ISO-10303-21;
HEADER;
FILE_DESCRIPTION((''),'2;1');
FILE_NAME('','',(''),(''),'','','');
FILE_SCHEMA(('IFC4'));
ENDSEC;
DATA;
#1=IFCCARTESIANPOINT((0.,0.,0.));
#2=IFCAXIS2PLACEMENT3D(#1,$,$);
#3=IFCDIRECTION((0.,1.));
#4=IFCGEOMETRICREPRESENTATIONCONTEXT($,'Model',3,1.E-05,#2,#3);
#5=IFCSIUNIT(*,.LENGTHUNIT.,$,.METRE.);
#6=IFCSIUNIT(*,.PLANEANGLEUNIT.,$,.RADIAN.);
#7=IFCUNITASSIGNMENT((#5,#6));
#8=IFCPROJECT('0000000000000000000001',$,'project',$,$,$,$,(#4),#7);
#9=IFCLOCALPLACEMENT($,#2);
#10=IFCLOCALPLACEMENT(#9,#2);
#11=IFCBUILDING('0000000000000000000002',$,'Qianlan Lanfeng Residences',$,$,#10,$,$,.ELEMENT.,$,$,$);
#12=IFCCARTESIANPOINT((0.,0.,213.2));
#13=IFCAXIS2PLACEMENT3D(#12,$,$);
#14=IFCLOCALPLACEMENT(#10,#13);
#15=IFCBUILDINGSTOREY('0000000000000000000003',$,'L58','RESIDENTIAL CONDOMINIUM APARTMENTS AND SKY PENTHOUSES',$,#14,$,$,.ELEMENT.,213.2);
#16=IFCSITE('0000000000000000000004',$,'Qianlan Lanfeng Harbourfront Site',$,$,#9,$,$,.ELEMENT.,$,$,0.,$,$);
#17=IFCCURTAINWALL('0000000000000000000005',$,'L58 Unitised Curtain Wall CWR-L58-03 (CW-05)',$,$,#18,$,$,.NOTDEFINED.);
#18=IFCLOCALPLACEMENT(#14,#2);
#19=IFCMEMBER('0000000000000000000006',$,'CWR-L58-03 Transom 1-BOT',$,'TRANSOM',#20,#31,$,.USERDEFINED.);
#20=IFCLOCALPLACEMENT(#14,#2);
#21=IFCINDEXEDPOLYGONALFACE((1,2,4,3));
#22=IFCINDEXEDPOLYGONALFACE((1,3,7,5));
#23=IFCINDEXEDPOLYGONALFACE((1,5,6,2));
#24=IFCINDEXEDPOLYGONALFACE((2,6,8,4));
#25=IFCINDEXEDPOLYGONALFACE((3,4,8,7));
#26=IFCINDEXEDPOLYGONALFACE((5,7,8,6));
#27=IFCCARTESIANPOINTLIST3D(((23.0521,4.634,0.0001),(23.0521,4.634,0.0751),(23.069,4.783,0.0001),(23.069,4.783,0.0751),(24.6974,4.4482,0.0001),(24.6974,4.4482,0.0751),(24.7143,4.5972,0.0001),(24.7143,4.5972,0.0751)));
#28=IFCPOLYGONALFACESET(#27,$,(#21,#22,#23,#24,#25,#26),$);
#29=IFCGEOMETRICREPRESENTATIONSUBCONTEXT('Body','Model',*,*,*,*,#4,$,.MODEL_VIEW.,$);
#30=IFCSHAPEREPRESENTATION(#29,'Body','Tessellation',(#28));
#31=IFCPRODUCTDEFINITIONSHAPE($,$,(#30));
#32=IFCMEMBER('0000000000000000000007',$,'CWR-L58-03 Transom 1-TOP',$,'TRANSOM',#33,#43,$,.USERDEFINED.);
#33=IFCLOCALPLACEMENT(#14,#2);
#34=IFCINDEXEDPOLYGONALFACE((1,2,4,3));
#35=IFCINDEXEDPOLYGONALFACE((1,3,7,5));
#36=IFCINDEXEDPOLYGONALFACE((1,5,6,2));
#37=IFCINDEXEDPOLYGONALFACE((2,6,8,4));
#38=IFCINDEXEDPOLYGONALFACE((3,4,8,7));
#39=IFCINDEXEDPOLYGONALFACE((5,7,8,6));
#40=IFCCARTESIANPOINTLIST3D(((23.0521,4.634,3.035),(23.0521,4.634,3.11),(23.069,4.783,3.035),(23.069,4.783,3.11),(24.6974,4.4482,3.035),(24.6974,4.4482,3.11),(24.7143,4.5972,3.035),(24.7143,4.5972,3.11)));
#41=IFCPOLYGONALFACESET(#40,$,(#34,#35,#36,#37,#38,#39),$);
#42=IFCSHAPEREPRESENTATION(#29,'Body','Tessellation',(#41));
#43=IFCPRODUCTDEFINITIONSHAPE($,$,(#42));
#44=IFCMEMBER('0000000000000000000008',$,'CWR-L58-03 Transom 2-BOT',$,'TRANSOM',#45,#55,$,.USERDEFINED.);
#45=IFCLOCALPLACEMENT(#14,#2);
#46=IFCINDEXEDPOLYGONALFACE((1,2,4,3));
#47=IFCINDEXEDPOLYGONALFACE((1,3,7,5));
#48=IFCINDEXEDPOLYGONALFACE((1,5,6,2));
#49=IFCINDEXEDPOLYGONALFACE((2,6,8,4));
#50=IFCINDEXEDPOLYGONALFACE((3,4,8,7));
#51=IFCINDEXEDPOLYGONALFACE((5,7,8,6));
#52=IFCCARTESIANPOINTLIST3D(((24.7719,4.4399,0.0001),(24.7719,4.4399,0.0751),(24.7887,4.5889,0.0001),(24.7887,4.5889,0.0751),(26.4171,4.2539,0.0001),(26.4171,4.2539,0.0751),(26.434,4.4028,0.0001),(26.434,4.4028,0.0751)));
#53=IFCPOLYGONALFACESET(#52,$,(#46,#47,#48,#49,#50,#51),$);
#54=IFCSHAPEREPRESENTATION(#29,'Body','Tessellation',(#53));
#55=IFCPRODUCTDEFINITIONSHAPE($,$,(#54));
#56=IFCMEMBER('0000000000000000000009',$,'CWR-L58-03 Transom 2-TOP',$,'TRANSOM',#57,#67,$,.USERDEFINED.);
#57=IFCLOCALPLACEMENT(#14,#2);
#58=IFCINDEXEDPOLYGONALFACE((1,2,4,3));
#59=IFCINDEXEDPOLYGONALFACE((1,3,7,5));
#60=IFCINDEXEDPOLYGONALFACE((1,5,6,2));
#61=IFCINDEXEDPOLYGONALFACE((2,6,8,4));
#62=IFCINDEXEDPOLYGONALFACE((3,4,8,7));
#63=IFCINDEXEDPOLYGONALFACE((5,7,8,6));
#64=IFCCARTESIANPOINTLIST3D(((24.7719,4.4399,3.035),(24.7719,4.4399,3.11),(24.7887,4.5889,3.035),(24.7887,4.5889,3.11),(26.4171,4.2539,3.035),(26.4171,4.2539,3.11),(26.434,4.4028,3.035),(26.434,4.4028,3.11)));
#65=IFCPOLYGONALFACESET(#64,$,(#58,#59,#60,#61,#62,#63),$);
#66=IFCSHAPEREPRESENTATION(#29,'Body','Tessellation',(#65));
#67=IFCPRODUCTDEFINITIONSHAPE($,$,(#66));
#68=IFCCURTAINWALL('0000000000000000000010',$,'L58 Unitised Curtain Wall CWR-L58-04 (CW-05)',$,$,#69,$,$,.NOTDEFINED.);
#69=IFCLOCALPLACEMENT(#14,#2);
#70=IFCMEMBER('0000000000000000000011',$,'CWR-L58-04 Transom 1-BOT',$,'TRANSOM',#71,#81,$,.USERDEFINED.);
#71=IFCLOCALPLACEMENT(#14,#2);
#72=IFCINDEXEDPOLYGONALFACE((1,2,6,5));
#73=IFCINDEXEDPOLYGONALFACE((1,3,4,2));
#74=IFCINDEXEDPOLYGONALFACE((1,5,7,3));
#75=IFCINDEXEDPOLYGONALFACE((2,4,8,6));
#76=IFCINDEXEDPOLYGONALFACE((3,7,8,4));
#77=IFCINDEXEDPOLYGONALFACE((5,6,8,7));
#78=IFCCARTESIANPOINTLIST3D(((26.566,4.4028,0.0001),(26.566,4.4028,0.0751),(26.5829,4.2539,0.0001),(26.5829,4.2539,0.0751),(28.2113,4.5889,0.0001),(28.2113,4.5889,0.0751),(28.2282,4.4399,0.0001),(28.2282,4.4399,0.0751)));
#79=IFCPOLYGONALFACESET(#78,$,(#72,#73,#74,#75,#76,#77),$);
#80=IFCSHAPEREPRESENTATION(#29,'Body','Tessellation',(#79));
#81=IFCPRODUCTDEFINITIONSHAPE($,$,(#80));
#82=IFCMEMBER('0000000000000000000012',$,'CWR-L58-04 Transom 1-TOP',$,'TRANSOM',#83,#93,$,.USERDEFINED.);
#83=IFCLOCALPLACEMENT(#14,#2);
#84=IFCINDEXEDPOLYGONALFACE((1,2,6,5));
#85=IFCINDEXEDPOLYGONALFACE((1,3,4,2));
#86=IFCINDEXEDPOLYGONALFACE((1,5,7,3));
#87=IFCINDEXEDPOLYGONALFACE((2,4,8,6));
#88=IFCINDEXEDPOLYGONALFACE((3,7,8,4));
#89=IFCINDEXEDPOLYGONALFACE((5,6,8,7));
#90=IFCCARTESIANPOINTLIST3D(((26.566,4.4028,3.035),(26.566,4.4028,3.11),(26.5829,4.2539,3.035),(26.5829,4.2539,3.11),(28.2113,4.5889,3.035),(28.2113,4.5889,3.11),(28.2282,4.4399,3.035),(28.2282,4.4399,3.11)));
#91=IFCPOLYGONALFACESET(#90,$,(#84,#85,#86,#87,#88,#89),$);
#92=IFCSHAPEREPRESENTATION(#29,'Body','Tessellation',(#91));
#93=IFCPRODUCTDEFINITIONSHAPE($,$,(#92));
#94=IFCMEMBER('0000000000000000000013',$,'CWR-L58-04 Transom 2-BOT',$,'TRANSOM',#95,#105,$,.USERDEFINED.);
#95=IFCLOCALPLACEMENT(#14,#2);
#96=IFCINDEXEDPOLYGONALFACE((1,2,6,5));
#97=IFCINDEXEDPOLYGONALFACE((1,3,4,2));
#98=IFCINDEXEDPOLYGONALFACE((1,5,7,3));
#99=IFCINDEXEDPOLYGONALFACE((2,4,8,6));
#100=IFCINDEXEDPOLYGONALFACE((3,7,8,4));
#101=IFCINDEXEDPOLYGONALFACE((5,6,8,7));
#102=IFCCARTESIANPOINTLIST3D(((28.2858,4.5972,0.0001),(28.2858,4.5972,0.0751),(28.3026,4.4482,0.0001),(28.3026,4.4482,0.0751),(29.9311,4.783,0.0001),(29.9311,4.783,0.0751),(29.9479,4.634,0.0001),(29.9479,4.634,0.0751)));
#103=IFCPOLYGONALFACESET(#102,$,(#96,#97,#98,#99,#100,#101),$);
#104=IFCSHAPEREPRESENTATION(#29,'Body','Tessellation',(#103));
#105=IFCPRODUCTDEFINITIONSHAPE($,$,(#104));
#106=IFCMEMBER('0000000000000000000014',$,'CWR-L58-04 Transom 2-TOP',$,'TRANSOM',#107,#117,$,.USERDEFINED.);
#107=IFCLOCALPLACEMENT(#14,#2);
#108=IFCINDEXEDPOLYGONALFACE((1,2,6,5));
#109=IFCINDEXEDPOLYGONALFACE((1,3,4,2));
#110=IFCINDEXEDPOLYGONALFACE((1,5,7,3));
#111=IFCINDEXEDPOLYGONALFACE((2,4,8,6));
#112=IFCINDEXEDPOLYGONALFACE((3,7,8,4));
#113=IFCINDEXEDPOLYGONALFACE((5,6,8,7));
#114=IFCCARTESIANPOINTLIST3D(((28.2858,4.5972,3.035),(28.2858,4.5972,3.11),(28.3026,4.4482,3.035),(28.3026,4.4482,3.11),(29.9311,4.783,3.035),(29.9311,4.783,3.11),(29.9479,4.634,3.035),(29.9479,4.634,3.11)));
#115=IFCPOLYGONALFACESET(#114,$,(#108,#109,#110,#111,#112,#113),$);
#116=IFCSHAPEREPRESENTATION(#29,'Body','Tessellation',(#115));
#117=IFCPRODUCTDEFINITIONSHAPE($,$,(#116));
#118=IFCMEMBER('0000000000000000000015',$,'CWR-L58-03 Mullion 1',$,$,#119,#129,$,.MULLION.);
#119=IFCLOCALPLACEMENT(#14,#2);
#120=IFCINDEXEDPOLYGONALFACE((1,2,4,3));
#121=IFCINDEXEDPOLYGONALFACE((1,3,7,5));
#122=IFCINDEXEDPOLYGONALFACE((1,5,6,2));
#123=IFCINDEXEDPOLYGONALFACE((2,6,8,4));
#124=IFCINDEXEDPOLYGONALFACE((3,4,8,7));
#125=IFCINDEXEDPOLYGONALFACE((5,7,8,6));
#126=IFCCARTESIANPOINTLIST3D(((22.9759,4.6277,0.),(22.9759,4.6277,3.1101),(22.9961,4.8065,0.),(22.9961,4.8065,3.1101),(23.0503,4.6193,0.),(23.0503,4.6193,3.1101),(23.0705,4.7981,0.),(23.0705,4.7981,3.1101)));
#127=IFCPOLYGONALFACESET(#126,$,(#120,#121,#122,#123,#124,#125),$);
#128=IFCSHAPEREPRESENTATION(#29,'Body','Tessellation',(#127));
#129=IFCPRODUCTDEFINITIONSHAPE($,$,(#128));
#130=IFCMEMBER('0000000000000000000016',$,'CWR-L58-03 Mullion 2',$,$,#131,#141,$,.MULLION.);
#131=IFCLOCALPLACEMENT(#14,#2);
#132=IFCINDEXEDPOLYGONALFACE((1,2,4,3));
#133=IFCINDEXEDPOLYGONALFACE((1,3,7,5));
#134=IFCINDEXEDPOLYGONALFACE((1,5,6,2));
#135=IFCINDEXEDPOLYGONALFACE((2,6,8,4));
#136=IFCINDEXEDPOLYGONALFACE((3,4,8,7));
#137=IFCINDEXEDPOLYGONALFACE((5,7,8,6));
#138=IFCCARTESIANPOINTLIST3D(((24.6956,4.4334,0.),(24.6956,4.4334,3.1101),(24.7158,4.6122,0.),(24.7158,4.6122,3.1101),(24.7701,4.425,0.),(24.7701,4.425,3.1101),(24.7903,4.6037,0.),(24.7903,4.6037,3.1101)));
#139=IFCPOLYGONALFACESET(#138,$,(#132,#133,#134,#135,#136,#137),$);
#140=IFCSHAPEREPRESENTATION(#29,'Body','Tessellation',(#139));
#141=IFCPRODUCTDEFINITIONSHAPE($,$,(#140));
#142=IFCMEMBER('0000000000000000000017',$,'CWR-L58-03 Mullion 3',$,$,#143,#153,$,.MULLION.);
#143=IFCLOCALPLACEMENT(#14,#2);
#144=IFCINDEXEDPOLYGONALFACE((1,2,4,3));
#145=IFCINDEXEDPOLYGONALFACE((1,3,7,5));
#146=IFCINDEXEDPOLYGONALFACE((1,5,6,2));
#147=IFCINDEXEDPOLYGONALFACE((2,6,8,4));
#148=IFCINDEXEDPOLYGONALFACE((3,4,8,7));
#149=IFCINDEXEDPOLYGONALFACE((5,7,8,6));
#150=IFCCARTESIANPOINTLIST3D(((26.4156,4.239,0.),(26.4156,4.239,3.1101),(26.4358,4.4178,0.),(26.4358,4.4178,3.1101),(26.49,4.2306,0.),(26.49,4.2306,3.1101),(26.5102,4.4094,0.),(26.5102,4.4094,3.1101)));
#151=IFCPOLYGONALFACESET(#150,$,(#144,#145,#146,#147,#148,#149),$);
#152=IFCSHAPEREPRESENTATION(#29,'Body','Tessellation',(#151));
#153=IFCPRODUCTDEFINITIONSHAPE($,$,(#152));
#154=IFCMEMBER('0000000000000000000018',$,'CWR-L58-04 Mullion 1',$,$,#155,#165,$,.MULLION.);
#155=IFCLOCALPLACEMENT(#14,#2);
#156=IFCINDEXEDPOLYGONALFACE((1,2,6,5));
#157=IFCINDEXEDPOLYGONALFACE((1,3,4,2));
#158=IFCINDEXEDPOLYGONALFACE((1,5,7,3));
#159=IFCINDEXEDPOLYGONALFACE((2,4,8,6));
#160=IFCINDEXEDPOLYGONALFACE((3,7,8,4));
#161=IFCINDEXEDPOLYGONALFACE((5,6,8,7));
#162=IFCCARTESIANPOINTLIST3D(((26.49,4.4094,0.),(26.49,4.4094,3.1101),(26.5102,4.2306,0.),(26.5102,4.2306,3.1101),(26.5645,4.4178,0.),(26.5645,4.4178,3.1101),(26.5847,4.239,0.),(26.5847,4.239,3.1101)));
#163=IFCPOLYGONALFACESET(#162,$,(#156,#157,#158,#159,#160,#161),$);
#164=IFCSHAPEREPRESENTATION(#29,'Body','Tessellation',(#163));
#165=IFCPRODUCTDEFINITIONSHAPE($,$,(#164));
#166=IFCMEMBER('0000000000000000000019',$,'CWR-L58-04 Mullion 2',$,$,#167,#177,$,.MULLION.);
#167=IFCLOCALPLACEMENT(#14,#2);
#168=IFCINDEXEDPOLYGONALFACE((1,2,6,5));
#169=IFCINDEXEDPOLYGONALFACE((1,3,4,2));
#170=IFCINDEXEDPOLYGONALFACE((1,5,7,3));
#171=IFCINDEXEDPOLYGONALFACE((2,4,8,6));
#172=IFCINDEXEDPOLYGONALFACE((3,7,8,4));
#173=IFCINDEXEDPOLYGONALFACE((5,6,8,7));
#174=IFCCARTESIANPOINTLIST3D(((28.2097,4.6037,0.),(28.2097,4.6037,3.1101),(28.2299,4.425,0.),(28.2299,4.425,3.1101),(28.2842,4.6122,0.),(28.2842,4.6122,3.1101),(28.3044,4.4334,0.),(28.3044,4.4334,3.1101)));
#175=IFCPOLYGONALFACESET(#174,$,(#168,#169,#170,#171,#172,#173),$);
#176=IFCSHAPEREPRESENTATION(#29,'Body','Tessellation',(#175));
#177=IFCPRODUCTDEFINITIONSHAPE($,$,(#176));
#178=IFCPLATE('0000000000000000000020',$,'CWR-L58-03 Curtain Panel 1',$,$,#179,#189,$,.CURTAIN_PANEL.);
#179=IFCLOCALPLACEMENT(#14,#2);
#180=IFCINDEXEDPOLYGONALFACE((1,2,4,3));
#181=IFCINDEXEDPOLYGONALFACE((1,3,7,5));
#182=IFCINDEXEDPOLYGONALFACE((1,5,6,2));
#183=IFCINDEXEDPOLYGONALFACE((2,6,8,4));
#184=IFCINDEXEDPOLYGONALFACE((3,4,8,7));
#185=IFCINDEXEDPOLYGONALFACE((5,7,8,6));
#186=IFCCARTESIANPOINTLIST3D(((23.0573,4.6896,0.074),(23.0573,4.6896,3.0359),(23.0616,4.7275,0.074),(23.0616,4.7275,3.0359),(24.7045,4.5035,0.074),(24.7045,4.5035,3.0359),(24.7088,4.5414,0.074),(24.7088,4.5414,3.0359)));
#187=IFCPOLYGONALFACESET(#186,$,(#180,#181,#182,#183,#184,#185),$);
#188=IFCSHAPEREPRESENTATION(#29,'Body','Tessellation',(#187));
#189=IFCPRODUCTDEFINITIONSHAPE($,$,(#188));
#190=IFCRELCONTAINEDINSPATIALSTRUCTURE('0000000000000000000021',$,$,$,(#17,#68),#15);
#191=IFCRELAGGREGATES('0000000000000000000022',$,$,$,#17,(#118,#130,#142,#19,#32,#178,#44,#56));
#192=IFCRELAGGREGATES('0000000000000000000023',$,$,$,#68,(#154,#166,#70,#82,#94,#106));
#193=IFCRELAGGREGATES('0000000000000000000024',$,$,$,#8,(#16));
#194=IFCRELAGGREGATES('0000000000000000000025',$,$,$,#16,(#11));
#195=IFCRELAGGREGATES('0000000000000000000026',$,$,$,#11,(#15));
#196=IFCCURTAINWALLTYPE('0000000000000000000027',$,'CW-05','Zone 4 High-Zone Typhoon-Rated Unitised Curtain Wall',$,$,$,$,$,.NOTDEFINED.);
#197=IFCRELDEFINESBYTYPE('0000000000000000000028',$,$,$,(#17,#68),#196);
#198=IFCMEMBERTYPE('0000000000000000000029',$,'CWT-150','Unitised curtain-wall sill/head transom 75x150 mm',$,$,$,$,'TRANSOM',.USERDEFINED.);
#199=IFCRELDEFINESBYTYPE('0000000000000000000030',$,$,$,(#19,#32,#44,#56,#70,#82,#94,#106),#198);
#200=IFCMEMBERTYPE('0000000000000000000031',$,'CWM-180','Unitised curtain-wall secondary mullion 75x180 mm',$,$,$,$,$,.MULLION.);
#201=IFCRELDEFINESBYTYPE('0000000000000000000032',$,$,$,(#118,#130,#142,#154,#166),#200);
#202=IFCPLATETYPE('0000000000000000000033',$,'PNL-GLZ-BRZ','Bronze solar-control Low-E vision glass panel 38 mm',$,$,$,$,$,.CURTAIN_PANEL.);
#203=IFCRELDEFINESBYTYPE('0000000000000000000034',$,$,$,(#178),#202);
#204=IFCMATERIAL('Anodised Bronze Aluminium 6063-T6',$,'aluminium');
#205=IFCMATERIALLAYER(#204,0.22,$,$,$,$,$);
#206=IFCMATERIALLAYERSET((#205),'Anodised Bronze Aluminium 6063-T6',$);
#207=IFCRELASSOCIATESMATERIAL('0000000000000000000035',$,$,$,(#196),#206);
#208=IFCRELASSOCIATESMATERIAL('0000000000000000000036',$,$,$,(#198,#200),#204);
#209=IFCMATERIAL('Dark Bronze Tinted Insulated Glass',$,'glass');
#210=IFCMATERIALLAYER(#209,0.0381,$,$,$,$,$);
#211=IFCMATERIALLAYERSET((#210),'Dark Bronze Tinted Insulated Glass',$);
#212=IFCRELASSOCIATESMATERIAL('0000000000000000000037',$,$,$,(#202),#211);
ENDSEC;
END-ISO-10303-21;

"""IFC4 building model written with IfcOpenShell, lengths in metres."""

from ifc_helpers import new_model, si_unit, direction, frame, origin, origin_2d, place, context, subcontext, project, spatial, rectangle, extrude, source, transform, mapped, material, layer, layer_set, material_profile, profile_set, type_object, element, aggregate, save


model = new_model("IFC4")

# Units and contexts
model_context = context("Model", 3, precision=1e-05, world=origin(), true_north=direction((0.0, 1.0)))
body_context = subcontext(model_context, "Body", "Model", "MODEL_VIEW")
ifc_project = project(units=[si_unit("LENGTHUNIT", "METRE"), si_unit("PLANEANGLEUNIT", "RADIAN")], contexts=[model_context])

# Site, building, storey
site_placement = place(None, origin())
site = spatial("IfcSite", under=ifc_project, at=site_placement, Name="Qianlan Lanfeng Harbourfront Site", CompositionType="ELEMENT", RefElevation=0.0)
building_placement = place(site_placement, origin())
building = spatial("IfcBuilding", under=site, at=building_placement, Name="Qianlan Lanfeng Residences", CompositionType="ELEMENT")
storey_placement = place(building_placement, frame((0.0, 0.0, 213.2)))
storey = spatial("IfcBuildingStorey", under=building, at=storey_placement, Name="L58", Description="RESIDENTIAL CONDOMINIUM APARTMENTS AND SKY PENTHOUSES", CompositionType="ELEMENT", Elevation=213.2)

# Curtain walls, members
ifc_material_1 = material(Name="Anodised Bronze Aluminium 6063-T6", Category="aluminium")
ifc_layer_1 = layer(ifc_material_1, 0.22)
ifc_layer_set_1 = layer_set([ifc_layer_1], Name="Anodised Bronze Aluminium 6063-T6")
curtain_wall_type = type_object("IfcCurtainWallType", Name="CW-05", Description="Zone 4 High-Zone Typhoon-Rated Unitised Curtain Wall", PredefinedType="NOTDEFINED", material=ifc_layer_set_1)
curtain_wall_1_placement = place(storey_placement, origin())
curtain_wall_1 = element("IfcCurtainWall", 1, at=curtain_wall_1_placement, inside=storey, type_object=curtain_wall_type, Name="L58 Unitised Curtain Wall CWR-L58-03 (CW-05)", PredefinedType="NOTDEFINED")
ifc_material_profile_1 = material_profile(ifc_material_1, rectangle(XDim=0.075, YDim=0.1499, at=origin_2d()), Name="ALU TRANSOM 75x150")
ifc_profile_set_1 = profile_set([ifc_material_profile_1], Name="Anodised Bronze Aluminium 6063-T6")
member_type_1 = type_object("IfcMemberType", Name="CWT-150", Description="Unitised curtain-wall sill/head transom 75x150 mm", ElementType="TRANSOM", PredefinedType="USERDEFINED", material=ifc_profile_set_1)
shared_shape_1 = source(origin(), body_context, "Body", "SweptSolid", [
    extrude(rectangle(XDim=0.075, YDim=0.1499, at=origin_2d()), origin(), (0.0, 0.0, 1.0), 1.6558),
])
member_1_placement = place(storey_placement, frame((23.0605, 4.7085, 0.0376), z_axis=(0.993684, -0.112212, 0.0), x_axis=(0.0, 0.0, 1.0)))
member_1 = element("IfcMember", 2, at=member_1_placement, type_object=member_type_1, Name="CWR-L58-03 Transom 1-BOT", ObjectType="TRANSOM", PredefinedType="USERDEFINED", context=body_context, shape_type="MappedRepresentation", body=[
    mapped(shared_shape_1, transform((0.0, 0.0, 0.0), scale=1.0)),
])
member_2_placement = place(storey_placement, frame((23.0605, 4.7085, 3.0725), z_axis=(0.993684, -0.112212, 0.0), x_axis=(0.0, 0.0, 1.0)))
member_2 = element("IfcMember", 3, at=member_2_placement, type_object=member_type_1, Name="CWR-L58-03 Transom 1-TOP", ObjectType="TRANSOM", PredefinedType="USERDEFINED", context=body_context, shape_type="MappedRepresentation", body=[
    mapped(shared_shape_1, transform((0.0, 0.0, 0.0), scale=1.0)),
])
member_3_placement = place(storey_placement, frame((24.7803, 4.5144, 0.0376), z_axis=(0.993668, -0.112357, 0.0), x_axis=(0.0, 0.0, 1.0)))
member_3 = element("IfcMember", 4, at=member_3_placement, type_object=member_type_1, Name="CWR-L58-03 Transom 2-BOT", ObjectType="TRANSOM", PredefinedType="USERDEFINED", context=body_context, shape_type="MappedRepresentation", body=[
    mapped(shared_shape_1, transform((0.0, 0.0, 0.0), scale=1.0)),
])
member_4_placement = place(storey_placement, frame((24.7803, 4.5144, 3.0725), z_axis=(0.993668, -0.112357, 0.0), x_axis=(0.0, 0.0, 1.0)))
member_4 = element("IfcMember", 5, at=member_4_placement, type_object=member_type_1, Name="CWR-L58-03 Transom 2-TOP", ObjectType="TRANSOM", PredefinedType="USERDEFINED", context=body_context, shape_type="MappedRepresentation", body=[
    mapped(shared_shape_1, transform((0.0, 0.0, 0.0), scale=1.0)),
])
curtain_wall_2_placement = place(storey_placement, origin())
curtain_wall_2 = element("IfcCurtainWall", 6, at=curtain_wall_2_placement, inside=storey, type_object=curtain_wall_type, Name="L58 Unitised Curtain Wall CWR-L58-04 (CW-05)", PredefinedType="NOTDEFINED")
member_5_placement = place(storey_placement, frame((26.5745, 4.3284, 0.0376), z_axis=(0.993668, 0.112357, 0.0), x_axis=(0.0, 0.0, 1.0)))
member_5 = element("IfcMember", 7, at=member_5_placement, type_object=member_type_1, Name="CWR-L58-04 Transom 1-BOT", ObjectType="TRANSOM", PredefinedType="USERDEFINED", context=body_context, shape_type="MappedRepresentation", body=[
    mapped(shared_shape_1, transform((0.0, 0.0, 0.0), scale=1.0)),
])
member_6_placement = place(storey_placement, frame((26.5745, 4.3284, 3.0725), z_axis=(0.993668, 0.112357, 0.0), x_axis=(0.0, 0.0, 1.0)))
member_6 = element("IfcMember", 8, at=member_6_placement, type_object=member_type_1, Name="CWR-L58-04 Transom 1-TOP", ObjectType="TRANSOM", PredefinedType="USERDEFINED", context=body_context, shape_type="MappedRepresentation", body=[
    mapped(shared_shape_1, transform((0.0, 0.0, 0.0), scale=1.0)),
])
member_7_placement = place(storey_placement, frame((28.2942, 4.5227, 0.0376), z_axis=(0.993684, 0.112212, 0.0), x_axis=(0.0, 0.0, 1.0)))
member_7 = element("IfcMember", 9, at=member_7_placement, type_object=member_type_1, Name="CWR-L58-04 Transom 2-BOT", ObjectType="TRANSOM", PredefinedType="USERDEFINED", context=body_context, shape_type="MappedRepresentation", body=[
    mapped(shared_shape_1, transform((0.0, 0.0, 0.0), scale=1.0)),
])
member_8_placement = place(storey_placement, frame((28.2942, 4.5227, 3.0725), z_axis=(0.993684, 0.112212, 0.0), x_axis=(0.0, 0.0, 1.0)))
member_8 = element("IfcMember", 10, at=member_8_placement, type_object=member_type_1, Name="CWR-L58-04 Transom 2-TOP", ObjectType="TRANSOM", PredefinedType="USERDEFINED", context=body_context, shape_type="MappedRepresentation", body=[
    mapped(shared_shape_1, transform((0.0, 0.0, 0.0), scale=1.0)),
])

# Members
ifc_material_profile_2 = material_profile(ifc_material_1, rectangle(XDim=0.075, YDim=0.1799, at=origin_2d()), Name="ALU MULLION 75x180")
ifc_profile_set_2 = profile_set([ifc_material_profile_2], Name="Anodised Bronze Aluminium 6063-T6")
member_type_2 = type_object("IfcMemberType", Name="CWM-180", Description="Unitised curtain-wall secondary mullion 75x180 mm", PredefinedType="MULLION", material=ifc_profile_set_2)
shared_shape_2 = source(origin(), body_context, "Body", "SweptSolid", [
    extrude(rectangle(XDim=0.075, YDim=0.1799, at=origin_2d()), origin(), (0.0, 0.0, 1.0), 3.1101),
])
member_9_placement = place(storey_placement, frame((23.0232, 4.7129, 0.0), z_axis=(0.0, 0.0, 1.0), x_axis=(0.993678, -0.112263, 0.0)))
member_9 = element("IfcMember", 11, at=member_9_placement, type_object=member_type_2, Name="CWR-L58-03 Mullion 1", PredefinedType="MULLION", context=body_context, shape_type="MappedRepresentation", body=[
    mapped(shared_shape_2, transform((0.0, 0.0, 0.0), scale=1.0)),
])
member_10_placement = place(storey_placement, frame((24.7429, 4.5186, 0.0), z_axis=(0.0, 0.0, 1.0), x_axis=(0.993678, -0.112263, 0.0)))
member_10 = element("IfcMember", 12, at=member_10_placement, type_object=member_type_2, Name="CWR-L58-03 Mullion 2", PredefinedType="MULLION", context=body_context, shape_type="MappedRepresentation", body=[
    mapped(shared_shape_2, transform((0.0, 0.0, 0.0), scale=1.0)),
])
member_11_placement = place(storey_placement, frame((26.4629, 4.3242, 0.0), z_axis=(0.0, 0.0, 1.0), x_axis=(0.993678, -0.112263, 0.0)))
member_11 = element("IfcMember", 13, at=member_11_placement, type_object=member_type_2, Name="CWR-L58-03 Mullion 3", PredefinedType="MULLION", context=body_context, shape_type="MappedRepresentation", body=[
    mapped(shared_shape_2, transform((0.0, 0.0, 0.0), scale=1.0)),
])
member_12_placement = place(storey_placement, frame((26.5374, 4.3242, 0.0), z_axis=(0.0, 0.0, 1.0), x_axis=(0.993678, 0.112263, 0.0)))
member_12 = element("IfcMember", 14, at=member_12_placement, type_object=member_type_2, Name="CWR-L58-04 Mullion 1", PredefinedType="MULLION", context=body_context, shape_type="MappedRepresentation", body=[
    mapped(shared_shape_2, transform((0.0, 0.0, 0.0), scale=1.0)),
])
member_13_placement = place(storey_placement, frame((28.2571, 4.5186, 0.0), z_axis=(0.0, 0.0, 1.0), x_axis=(0.993678, 0.112263, 0.0)))
member_13 = element("IfcMember", 15, at=member_13_placement, type_object=member_type_2, Name="CWR-L58-04 Mullion 2", PredefinedType="MULLION", context=body_context, shape_type="MappedRepresentation", body=[
    mapped(shared_shape_2, transform((0.0, 0.0, 0.0), scale=1.0)),
])

# Plate
ifc_material_2 = material(Name="Dark Bronze Tinted Insulated Glass", Category="glass")
ifc_layer_2 = layer(ifc_material_2, 0.0381)
ifc_layer_set_2 = layer_set([ifc_layer_2], Name="Dark Bronze Tinted Insulated Glass")
plate_type = type_object("IfcPlateType", Name="PNL-GLZ-BRZ", Description="Bronze solar-control Low-E vision glass panel 38 mm", PredefinedType="CURTAIN_PANEL", material=ifc_layer_set_2)
shared_shape_3 = source(origin(), body_context, "Body", "SweptSolid", [
    extrude(rectangle(XDim=1.6577, YDim=0.0381, at=origin_2d()), origin(), (0.0, 0.0, 1.0), 2.9619),
])
plate_1_placement = place(storey_placement, frame((23.8831, 4.6155, 0.074), z_axis=(0.0, 0.0, 1.0), x_axis=(0.993678, -0.112263, 0.0)))
plate_1 = element("IfcPlate", 16, at=plate_1_placement, type_object=plate_type, Name="CWR-L58-03 Curtain Panel 1", PredefinedType="CURTAIN_PANEL", context=body_context, shape_type="MappedRepresentation", body=[
    mapped(shared_shape_3, transform((0.0, 0.0, 0.0), scale=1.0)),
])
aggregate(curtain_wall_1, [member_9, member_10, member_11, member_1, member_2, plate_1, member_3, member_4])
aggregate(curtain_wall_2, [member_12, member_13, member_5, member_6, member_7, member_8])

save(model, "model.ifc")
